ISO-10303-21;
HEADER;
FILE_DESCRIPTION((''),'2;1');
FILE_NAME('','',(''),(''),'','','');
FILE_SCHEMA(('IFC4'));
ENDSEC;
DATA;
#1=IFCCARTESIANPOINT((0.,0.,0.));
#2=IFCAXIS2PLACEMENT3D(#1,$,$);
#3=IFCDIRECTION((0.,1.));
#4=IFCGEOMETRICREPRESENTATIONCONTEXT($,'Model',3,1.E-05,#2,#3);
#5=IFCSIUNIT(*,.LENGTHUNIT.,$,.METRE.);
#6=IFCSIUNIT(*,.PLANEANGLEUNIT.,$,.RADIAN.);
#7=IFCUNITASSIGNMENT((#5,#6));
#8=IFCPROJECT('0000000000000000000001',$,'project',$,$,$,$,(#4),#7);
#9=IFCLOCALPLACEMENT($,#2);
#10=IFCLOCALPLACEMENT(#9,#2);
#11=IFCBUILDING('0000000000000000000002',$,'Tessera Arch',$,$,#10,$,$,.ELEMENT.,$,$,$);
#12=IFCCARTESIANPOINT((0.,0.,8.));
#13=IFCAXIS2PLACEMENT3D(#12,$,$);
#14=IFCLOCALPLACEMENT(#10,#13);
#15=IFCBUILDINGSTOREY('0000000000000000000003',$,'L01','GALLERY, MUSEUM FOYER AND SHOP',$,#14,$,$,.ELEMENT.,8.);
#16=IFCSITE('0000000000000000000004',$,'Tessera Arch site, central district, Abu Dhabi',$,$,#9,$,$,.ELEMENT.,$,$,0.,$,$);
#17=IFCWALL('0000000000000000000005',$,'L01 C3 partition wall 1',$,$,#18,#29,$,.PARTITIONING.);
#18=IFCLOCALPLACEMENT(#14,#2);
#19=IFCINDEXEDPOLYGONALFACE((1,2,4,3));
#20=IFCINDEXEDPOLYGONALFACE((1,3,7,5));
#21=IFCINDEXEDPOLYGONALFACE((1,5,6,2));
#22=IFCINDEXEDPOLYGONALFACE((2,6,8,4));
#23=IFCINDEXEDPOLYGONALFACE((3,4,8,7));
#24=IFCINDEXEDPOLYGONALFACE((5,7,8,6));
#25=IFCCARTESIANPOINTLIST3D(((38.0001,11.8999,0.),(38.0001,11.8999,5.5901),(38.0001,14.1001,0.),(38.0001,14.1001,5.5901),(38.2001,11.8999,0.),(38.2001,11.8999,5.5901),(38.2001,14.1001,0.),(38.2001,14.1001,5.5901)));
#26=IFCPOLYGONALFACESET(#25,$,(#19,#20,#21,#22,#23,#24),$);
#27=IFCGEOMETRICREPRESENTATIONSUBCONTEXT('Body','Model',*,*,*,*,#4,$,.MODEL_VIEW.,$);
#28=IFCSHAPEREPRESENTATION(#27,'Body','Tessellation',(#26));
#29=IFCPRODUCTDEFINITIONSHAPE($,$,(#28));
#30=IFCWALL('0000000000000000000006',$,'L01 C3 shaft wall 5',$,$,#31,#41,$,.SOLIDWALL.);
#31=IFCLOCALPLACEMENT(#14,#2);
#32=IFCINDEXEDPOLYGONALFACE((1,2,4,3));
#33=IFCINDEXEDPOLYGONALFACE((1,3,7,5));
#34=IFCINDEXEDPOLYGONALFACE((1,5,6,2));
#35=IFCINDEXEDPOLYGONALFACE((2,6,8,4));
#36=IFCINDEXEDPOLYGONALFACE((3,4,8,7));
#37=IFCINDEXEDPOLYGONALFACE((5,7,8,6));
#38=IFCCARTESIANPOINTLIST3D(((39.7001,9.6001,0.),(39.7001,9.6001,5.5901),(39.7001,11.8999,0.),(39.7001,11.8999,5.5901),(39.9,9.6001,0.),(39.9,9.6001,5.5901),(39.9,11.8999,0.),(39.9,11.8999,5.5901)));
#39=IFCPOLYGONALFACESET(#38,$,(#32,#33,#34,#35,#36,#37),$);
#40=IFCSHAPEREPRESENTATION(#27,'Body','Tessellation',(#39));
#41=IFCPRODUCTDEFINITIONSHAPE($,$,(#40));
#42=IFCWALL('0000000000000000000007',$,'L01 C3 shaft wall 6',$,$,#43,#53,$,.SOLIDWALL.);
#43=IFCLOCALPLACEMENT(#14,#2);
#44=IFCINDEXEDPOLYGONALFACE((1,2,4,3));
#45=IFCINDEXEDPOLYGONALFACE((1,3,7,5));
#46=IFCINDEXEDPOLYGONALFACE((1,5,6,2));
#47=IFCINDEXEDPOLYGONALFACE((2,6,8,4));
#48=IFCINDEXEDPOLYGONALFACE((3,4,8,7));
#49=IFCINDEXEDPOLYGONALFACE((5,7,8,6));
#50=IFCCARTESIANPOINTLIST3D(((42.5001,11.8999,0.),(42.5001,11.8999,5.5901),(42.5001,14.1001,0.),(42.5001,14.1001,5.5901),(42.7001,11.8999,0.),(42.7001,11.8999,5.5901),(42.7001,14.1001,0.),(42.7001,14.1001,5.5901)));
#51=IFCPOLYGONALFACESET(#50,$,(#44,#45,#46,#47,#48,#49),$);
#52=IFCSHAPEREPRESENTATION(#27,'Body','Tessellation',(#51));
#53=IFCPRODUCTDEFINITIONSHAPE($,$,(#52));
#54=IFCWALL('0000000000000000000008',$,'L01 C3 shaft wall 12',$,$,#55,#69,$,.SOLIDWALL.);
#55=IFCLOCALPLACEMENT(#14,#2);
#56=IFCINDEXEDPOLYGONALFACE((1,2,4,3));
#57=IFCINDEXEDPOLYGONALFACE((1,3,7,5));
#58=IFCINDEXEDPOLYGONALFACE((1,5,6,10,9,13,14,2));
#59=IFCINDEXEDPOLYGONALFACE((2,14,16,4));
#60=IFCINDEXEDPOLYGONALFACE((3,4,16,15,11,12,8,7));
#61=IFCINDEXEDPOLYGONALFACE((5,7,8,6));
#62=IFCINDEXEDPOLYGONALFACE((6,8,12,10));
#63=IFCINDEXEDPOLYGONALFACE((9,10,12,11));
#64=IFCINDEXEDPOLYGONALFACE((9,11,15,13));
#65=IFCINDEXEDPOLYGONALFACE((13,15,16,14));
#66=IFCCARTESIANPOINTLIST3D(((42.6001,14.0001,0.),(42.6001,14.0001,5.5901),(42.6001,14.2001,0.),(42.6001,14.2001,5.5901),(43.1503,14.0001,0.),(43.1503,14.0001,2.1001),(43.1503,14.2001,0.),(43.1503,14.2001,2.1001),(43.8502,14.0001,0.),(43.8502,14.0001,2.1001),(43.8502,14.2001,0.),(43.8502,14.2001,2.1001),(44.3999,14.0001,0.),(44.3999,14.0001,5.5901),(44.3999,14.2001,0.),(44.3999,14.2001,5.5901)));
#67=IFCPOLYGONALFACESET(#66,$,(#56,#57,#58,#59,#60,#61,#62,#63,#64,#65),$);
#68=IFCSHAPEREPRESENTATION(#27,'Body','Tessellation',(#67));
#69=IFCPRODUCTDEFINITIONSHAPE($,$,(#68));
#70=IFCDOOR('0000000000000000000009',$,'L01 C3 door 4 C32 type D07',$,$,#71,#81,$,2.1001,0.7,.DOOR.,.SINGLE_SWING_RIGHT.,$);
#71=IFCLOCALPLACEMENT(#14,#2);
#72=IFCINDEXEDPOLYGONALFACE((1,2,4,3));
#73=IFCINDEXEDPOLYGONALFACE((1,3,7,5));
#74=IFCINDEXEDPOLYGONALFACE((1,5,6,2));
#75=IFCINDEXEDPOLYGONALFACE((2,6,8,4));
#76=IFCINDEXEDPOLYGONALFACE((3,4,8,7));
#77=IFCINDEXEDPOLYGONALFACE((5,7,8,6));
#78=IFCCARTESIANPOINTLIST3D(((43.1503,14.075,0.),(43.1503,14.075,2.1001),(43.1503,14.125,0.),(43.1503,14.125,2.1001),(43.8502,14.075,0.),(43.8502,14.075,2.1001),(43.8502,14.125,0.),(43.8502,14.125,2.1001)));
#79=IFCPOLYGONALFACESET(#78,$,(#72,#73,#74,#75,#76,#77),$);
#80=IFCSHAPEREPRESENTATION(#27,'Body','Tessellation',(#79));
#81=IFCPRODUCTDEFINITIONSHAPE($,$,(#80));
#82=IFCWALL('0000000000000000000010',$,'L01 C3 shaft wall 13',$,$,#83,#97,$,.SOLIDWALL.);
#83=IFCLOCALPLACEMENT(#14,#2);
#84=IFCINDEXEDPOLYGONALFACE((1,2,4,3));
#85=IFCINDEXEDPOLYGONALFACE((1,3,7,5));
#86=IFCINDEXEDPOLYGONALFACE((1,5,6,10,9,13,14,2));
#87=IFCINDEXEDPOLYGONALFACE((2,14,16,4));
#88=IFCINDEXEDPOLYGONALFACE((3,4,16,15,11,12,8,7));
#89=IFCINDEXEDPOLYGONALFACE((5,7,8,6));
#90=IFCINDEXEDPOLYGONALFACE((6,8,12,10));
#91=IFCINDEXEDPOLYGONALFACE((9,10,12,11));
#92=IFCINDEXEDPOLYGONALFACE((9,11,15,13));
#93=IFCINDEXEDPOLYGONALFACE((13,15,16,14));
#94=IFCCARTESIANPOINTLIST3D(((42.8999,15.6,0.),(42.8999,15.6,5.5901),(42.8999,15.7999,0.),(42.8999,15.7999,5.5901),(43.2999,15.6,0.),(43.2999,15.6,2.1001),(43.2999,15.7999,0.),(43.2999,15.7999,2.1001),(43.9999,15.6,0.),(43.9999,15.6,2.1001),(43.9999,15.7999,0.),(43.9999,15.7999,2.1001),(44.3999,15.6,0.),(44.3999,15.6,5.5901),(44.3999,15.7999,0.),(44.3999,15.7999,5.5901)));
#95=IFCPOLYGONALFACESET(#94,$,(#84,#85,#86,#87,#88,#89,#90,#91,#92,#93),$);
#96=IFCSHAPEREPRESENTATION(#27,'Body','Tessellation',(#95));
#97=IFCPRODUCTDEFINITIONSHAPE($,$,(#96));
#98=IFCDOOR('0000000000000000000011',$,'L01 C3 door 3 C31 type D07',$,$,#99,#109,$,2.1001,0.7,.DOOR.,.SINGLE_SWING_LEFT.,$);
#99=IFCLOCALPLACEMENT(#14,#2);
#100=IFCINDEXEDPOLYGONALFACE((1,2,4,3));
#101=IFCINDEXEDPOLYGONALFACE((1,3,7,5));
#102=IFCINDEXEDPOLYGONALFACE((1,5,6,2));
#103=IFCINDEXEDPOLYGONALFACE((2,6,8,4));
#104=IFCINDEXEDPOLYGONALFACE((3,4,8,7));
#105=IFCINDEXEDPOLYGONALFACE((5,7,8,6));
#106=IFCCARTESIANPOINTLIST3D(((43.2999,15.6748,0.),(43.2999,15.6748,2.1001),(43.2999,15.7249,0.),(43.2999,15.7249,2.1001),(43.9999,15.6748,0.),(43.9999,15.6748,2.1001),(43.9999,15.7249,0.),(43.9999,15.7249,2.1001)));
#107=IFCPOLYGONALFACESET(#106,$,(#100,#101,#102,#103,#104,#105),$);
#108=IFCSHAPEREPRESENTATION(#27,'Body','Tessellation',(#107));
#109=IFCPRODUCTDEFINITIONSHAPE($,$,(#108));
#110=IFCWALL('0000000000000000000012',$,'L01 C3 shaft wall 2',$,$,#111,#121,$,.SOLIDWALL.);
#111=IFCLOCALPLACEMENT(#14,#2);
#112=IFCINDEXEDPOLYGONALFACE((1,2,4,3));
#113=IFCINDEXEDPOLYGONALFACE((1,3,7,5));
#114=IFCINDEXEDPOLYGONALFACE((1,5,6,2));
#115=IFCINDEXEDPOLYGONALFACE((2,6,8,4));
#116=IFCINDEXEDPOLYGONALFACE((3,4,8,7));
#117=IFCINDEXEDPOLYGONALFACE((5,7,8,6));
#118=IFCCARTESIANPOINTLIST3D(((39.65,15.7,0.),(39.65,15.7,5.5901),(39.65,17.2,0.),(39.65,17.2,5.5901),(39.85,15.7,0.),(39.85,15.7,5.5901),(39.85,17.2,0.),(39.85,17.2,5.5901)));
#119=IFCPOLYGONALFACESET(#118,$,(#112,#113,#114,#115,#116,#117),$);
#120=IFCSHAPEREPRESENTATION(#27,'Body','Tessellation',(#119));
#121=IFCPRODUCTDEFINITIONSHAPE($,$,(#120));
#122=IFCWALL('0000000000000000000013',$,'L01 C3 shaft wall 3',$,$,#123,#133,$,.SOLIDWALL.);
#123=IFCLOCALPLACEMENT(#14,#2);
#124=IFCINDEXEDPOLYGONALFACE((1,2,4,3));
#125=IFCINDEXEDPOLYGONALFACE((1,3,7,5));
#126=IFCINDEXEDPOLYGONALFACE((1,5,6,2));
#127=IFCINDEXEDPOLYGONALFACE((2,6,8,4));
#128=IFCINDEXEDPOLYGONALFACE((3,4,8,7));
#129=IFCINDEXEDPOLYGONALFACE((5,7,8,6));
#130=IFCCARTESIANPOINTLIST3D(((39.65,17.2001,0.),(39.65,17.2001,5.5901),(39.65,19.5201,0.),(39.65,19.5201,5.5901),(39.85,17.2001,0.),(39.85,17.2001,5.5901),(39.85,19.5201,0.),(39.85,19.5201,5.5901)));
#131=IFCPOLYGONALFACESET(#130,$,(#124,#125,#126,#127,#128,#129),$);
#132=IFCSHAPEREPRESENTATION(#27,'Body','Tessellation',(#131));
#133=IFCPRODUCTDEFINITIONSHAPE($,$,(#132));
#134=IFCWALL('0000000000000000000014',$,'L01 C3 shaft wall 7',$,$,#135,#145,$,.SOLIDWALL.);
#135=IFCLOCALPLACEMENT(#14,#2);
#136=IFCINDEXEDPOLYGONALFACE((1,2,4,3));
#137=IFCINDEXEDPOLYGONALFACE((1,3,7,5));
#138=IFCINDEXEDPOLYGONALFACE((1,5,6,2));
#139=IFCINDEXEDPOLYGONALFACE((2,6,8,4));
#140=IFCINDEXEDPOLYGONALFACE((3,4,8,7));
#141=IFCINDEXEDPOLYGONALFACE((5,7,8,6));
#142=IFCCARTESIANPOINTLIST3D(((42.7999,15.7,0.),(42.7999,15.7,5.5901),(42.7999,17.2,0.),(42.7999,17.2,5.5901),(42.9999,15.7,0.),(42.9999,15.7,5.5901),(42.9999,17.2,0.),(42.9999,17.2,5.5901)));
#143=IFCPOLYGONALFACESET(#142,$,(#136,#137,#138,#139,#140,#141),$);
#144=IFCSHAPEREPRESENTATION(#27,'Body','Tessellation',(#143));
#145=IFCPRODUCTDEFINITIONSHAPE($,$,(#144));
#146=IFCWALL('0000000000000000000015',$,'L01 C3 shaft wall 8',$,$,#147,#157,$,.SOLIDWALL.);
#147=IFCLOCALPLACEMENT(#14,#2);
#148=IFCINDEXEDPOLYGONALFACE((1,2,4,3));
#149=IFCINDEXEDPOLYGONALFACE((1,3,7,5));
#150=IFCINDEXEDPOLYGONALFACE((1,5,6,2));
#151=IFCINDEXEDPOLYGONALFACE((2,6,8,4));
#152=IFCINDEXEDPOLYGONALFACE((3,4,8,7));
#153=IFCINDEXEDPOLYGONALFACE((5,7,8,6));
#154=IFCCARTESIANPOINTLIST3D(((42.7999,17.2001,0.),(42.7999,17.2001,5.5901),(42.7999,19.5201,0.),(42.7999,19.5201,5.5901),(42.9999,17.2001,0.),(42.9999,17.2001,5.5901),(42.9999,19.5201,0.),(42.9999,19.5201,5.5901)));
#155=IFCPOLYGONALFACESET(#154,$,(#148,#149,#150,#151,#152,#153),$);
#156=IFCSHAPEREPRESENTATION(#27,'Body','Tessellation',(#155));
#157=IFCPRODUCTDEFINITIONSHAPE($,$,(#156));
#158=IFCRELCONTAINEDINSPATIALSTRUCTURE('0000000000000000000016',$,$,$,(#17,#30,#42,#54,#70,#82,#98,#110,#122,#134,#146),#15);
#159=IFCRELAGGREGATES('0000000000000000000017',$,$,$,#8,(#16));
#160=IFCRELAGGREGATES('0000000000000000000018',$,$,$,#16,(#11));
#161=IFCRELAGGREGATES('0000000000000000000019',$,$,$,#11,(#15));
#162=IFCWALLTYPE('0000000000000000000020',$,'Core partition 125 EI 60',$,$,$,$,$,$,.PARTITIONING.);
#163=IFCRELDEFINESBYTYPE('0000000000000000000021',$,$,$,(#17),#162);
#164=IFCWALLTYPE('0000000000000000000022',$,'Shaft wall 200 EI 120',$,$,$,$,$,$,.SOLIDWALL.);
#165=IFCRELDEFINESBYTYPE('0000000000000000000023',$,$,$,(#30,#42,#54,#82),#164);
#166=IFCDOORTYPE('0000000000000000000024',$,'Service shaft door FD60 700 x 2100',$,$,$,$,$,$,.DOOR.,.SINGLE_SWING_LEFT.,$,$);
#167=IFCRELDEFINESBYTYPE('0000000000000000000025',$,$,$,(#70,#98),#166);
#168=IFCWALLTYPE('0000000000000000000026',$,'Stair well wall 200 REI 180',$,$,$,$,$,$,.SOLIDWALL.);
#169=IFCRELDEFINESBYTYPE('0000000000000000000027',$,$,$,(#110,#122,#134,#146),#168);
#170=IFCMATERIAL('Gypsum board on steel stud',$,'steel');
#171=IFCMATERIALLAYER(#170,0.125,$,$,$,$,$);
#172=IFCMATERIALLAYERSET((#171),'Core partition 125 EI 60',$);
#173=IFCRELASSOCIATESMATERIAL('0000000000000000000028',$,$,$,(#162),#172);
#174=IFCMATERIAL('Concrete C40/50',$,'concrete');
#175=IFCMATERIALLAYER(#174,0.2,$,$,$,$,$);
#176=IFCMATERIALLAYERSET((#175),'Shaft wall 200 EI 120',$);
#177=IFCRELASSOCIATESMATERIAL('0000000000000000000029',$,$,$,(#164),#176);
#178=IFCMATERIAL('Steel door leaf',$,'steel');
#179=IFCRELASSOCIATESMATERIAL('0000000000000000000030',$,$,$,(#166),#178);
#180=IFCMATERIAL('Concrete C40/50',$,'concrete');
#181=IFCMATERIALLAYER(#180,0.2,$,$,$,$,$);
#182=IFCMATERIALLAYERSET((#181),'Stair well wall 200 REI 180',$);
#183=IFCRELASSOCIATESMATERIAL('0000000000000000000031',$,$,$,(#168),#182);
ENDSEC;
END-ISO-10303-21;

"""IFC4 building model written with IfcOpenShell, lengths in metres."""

from ifc_helpers import new_model, si_unit, direction, frame, frame_2d, origin, place, context, subcontext, project, spatial, rectangle, extrude, material, layer, layer_set, type_object, element, fill, save


model = new_model("IFC4")

# Units and contexts
model_context = context("Model", 3, precision=1e-05, world=origin(), true_north=direction((0.0, 1.0)))
body_context = subcontext(model_context, "Body", "Model", "MODEL_VIEW")
ifc_project = project(units=[si_unit("LENGTHUNIT", "METRE"), si_unit("PLANEANGLEUNIT", "RADIAN")], contexts=[model_context])

# Site, building, storey
site_placement = place(None, origin())
site = spatial("IfcSite", under=ifc_project, at=site_placement, Name="Tessera Arch site, central district, Abu Dhabi", CompositionType="ELEMENT", RefElevation=0.0)
building_placement = place(site_placement, origin())
building = spatial("IfcBuilding", under=site, at=building_placement, Name="Tessera Arch", CompositionType="ELEMENT")
storey_placement = place(building_placement, frame((0.0, 0.0, 8.0)))
storey = spatial("IfcBuildingStorey", under=building, at=storey_placement, Name="L01", Description="GALLERY, MUSEUM FOYER AND SHOP", CompositionType="ELEMENT", Elevation=8.0)

# Walls
ifc_material_1 = material(Name="Gypsum board on steel stud", Category="steel")
ifc_layer_1 = layer(ifc_material_1, 0.125)
ifc_layer_set_1 = layer_set([ifc_layer_1], Name="Core partition 125 EI 60")
wall_type_1 = type_object("IfcWallType", Name="Core partition 125 EI 60", PredefinedType="PARTITIONING", material=ifc_layer_set_1)
wall_1_placement = place(storey_placement, frame((38.1001, 11.8999, 0.0), z_axis=(0.0, 0.0, 1.0), x_axis=(0.0, 1.0, 0.0)))
element("IfcWall", 1, at=wall_1_placement, inside=storey, type_object=wall_type_1, Name="L01 C3 partition wall 1", PredefinedType="PARTITIONING", context=body_context, shape_type="SweptSolid", body=[
    extrude(rectangle(XDim=2.2002, YDim=0.2, at=frame_2d((1.1001, 0.0))), origin(), (0.0, 0.0, 1.0), 5.5901),
])
ifc_material_2 = material(Name="Concrete C40/50", Category="concrete")
ifc_layer_2 = layer(ifc_material_2, 0.2)
ifc_layer_set_2 = layer_set([ifc_layer_2], Name="Shaft wall 200 EI 120")
wall_type_2 = type_object("IfcWallType", Name="Shaft wall 200 EI 120", PredefinedType="SOLIDWALL", material=ifc_layer_set_2)
wall_2_placement = place(storey_placement, frame((39.8, 9.6001, 0.0), z_axis=(0.0, 0.0, 1.0), x_axis=(0.0, 1.0, 0.0)))
element("IfcWall", 2, at=wall_2_placement, inside=storey, type_object=wall_type_2, Name="L01 C3 shaft wall 5", PredefinedType="SOLIDWALL", context=body_context, shape_type="SweptSolid", body=[
    extrude(rectangle(XDim=2.2998, YDim=0.2, at=frame_2d((1.1499, 0.0))), origin(), (0.0, 0.0, 1.0), 5.5901),
])
wall_3_placement = place(storey_placement, frame((42.6001, 11.8999, 0.0), z_axis=(0.0, 0.0, 1.0), x_axis=(0.0, 1.0, 0.0)))
element("IfcWall", 3, at=wall_3_placement, inside=storey, type_object=wall_type_2, Name="L01 C3 shaft wall 6", PredefinedType="SOLIDWALL", context=body_context, shape_type="SweptSolid", body=[
    extrude(rectangle(XDim=2.2002, YDim=0.2, at=frame_2d((1.1001, 0.0))), origin(), (0.0, 0.0, 1.0), 5.5901),
])

# Walls, openings, doors
wall_4_placement = place(storey_placement, frame((42.6001, 14.1001, 0.0), z_axis=(0.0, 0.0, 1.0), x_axis=(1.0, 0.0, 0.0)))
wall_4 = element("IfcWall", 4, at=wall_4_placement, inside=storey, type_object=wall_type_2, Name="L01 C3 shaft wall 12", PredefinedType="SOLIDWALL", context=body_context, shape_type="SweptSolid", body=[
    extrude(rectangle(XDim=1.7998, YDim=0.2, at=frame_2d((0.8999, 0.0))), origin(), (0.0, 0.0, 1.0), 5.5901),
])
opening_1_placement = place(wall_4_placement, frame((0.55, 0.0, 0.0)))
opening_1 = element("IfcOpeningElement", 5, at=opening_1_placement, cuts=wall_4, PredefinedType="OPENING", context=body_context, shape_type="SweptSolid", body=[
    extrude(rectangle(XDim=0.7, YDim=2.1001, at=frame_2d((0.3501, 1.05))), frame((0.0, 0.1099, 0.0), z_axis=(0.0, -1.0, 0.0), x_axis=(1.0, 0.0, 0.0)), (0.0, 0.0, 1.0), 0.22),
])
ifc_material_3 = material(Name="Steel door leaf", Category="steel")
door_type_1 = type_object("IfcDoorType", Name="Service shaft door FD60 700 x 2100", OperationType="SINGLE_SWING_LEFT", PredefinedType="DOOR", material=ifc_material_3)
door_1_placement = place(opening_1_placement, origin())
door_1 = element("IfcDoor", 6, at=door_1_placement, inside=storey, type_object=door_type_1, Name="L01 C3 door 4 C32 type D07", OperationType="SINGLE_SWING_RIGHT", OverallHeight=2.1001, OverallWidth=0.7, PredefinedType="DOOR", context=body_context, shape_type="SweptSolid", body=[
    extrude(rectangle(XDim=0.7, YDim=2.1001, at=frame_2d((0.3501, 1.05))), frame((0.0, 0.0249, 0.0), z_axis=(0.0, -1.0, 0.0), x_axis=(1.0, 0.0, 0.0)), (0.0, 0.0, 1.0), 0.05),
])
fill(opening_1, door_1)
wall_5_placement = place(storey_placement, frame((42.8999, 15.7, 0.0), z_axis=(0.0, 0.0, 1.0), x_axis=(1.0, 0.0, 0.0)))
wall_5 = element("IfcWall", 7, at=wall_5_placement, inside=storey, type_object=wall_type_2, Name="L01 C3 shaft wall 13", PredefinedType="SOLIDWALL", context=body_context, shape_type="SweptSolid", body=[
    extrude(rectangle(XDim=1.5, YDim=0.2, at=frame_2d((0.75, 0.0))), origin(), (0.0, 0.0, 1.0), 5.5901),
])
opening_2_placement = place(wall_5_placement, frame((0.3999, 0.0, 0.0)))
opening_2 = element("IfcOpeningElement", 8, at=opening_2_placement, cuts=wall_5, PredefinedType="OPENING", context=body_context, shape_type="SweptSolid", body=[
    extrude(rectangle(XDim=0.7, YDim=2.1001, at=frame_2d((0.3501, 1.05))), frame((0.0, 0.1099, 0.0), z_axis=(0.0, -1.0, 0.0), x_axis=(1.0, 0.0, 0.0)), (0.0, 0.0, 1.0), 0.22),
])
door_2_placement = place(opening_2_placement, origin())
door_2 = element("IfcDoor", 9, at=door_2_placement, inside=storey, type_object=door_type_1, Name="L01 C3 door 3 C31 type D07", OperationType="SINGLE_SWING_LEFT", OverallHeight=2.1001, OverallWidth=0.7, PredefinedType="DOOR", context=body_context, shape_type="SweptSolid", body=[
    extrude(rectangle(XDim=0.7, YDim=2.1001, at=frame_2d((0.3501, 1.05))), frame((0.0, 0.0249, 0.0), z_axis=(0.0, -1.0, 0.0), x_axis=(1.0, 0.0, 0.0)), (0.0, 0.0, 1.0), 0.05),
])
fill(opening_2, door_2)

# Walls
ifc_material_4 = material(Name="Concrete C40/50", Category="concrete")
ifc_layer_3 = layer(ifc_material_4, 0.2)
ifc_layer_set_3 = layer_set([ifc_layer_3], Name="Stair well wall 200 REI 180")
wall_type_3 = type_object("IfcWallType", Name="Stair well wall 200 REI 180", PredefinedType="SOLIDWALL", material=ifc_layer_set_3)
wall_6_placement = place(storey_placement, frame((39.75, 15.7, 0.0), z_axis=(0.0, 0.0, 1.0), x_axis=(0.0, 1.0, 0.0)))
element("IfcWall", 10, at=wall_6_placement, inside=storey, type_object=wall_type_3, Name="L01 C3 shaft wall 2", PredefinedType="SOLIDWALL", context=body_context, shape_type="SweptSolid", body=[
    extrude(rectangle(XDim=1.5, YDim=0.2, at=frame_2d((0.75, 0.0))), origin(), (0.0, 0.0, 1.0), 5.5901),
])
wall_7_placement = place(storey_placement, frame((39.75, 17.2, 0.0), z_axis=(0.0, 0.0, 1.0), x_axis=(0.0, 1.0, 0.0)))
element("IfcWall", 11, at=wall_7_placement, inside=storey, type_object=wall_type_3, Name="L01 C3 shaft wall 3", PredefinedType="SOLIDWALL", context=body_context, shape_type="SweptSolid", body=[
    extrude(rectangle(XDim=2.3201, YDim=0.2, at=frame_2d((1.1602, 0.0))), origin(), (0.0, 0.0, 1.0), 5.5901),
])
wall_8_placement = place(storey_placement, frame((42.8999, 15.7, 0.0), z_axis=(0.0, 0.0, 1.0), x_axis=(0.0, 1.0, 0.0)))
element("IfcWall", 12, at=wall_8_placement, inside=storey, type_object=wall_type_3, Name="L01 C3 shaft wall 7", PredefinedType="SOLIDWALL", context=body_context, shape_type="SweptSolid", body=[
    extrude(rectangle(XDim=1.5, YDim=0.2, at=frame_2d((0.75, 0.0))), origin(), (0.0, 0.0, 1.0), 5.5901),
])
wall_9_placement = place(storey_placement, frame((42.8999, 17.2, 0.0), z_axis=(0.0, 0.0, 1.0), x_axis=(0.0, 1.0, 0.0)))
element("IfcWall", 13, at=wall_9_placement, inside=storey, type_object=wall_type_3, Name="L01 C3 shaft wall 8", PredefinedType="SOLIDWALL", context=body_context, shape_type="SweptSolid", body=[
    extrude(rectangle(XDim=2.3201, YDim=0.2, at=frame_2d((1.1602, 0.0))), origin(), (0.0, 0.0, 1.0), 5.5901),
])

save(model, "model.ifc")
